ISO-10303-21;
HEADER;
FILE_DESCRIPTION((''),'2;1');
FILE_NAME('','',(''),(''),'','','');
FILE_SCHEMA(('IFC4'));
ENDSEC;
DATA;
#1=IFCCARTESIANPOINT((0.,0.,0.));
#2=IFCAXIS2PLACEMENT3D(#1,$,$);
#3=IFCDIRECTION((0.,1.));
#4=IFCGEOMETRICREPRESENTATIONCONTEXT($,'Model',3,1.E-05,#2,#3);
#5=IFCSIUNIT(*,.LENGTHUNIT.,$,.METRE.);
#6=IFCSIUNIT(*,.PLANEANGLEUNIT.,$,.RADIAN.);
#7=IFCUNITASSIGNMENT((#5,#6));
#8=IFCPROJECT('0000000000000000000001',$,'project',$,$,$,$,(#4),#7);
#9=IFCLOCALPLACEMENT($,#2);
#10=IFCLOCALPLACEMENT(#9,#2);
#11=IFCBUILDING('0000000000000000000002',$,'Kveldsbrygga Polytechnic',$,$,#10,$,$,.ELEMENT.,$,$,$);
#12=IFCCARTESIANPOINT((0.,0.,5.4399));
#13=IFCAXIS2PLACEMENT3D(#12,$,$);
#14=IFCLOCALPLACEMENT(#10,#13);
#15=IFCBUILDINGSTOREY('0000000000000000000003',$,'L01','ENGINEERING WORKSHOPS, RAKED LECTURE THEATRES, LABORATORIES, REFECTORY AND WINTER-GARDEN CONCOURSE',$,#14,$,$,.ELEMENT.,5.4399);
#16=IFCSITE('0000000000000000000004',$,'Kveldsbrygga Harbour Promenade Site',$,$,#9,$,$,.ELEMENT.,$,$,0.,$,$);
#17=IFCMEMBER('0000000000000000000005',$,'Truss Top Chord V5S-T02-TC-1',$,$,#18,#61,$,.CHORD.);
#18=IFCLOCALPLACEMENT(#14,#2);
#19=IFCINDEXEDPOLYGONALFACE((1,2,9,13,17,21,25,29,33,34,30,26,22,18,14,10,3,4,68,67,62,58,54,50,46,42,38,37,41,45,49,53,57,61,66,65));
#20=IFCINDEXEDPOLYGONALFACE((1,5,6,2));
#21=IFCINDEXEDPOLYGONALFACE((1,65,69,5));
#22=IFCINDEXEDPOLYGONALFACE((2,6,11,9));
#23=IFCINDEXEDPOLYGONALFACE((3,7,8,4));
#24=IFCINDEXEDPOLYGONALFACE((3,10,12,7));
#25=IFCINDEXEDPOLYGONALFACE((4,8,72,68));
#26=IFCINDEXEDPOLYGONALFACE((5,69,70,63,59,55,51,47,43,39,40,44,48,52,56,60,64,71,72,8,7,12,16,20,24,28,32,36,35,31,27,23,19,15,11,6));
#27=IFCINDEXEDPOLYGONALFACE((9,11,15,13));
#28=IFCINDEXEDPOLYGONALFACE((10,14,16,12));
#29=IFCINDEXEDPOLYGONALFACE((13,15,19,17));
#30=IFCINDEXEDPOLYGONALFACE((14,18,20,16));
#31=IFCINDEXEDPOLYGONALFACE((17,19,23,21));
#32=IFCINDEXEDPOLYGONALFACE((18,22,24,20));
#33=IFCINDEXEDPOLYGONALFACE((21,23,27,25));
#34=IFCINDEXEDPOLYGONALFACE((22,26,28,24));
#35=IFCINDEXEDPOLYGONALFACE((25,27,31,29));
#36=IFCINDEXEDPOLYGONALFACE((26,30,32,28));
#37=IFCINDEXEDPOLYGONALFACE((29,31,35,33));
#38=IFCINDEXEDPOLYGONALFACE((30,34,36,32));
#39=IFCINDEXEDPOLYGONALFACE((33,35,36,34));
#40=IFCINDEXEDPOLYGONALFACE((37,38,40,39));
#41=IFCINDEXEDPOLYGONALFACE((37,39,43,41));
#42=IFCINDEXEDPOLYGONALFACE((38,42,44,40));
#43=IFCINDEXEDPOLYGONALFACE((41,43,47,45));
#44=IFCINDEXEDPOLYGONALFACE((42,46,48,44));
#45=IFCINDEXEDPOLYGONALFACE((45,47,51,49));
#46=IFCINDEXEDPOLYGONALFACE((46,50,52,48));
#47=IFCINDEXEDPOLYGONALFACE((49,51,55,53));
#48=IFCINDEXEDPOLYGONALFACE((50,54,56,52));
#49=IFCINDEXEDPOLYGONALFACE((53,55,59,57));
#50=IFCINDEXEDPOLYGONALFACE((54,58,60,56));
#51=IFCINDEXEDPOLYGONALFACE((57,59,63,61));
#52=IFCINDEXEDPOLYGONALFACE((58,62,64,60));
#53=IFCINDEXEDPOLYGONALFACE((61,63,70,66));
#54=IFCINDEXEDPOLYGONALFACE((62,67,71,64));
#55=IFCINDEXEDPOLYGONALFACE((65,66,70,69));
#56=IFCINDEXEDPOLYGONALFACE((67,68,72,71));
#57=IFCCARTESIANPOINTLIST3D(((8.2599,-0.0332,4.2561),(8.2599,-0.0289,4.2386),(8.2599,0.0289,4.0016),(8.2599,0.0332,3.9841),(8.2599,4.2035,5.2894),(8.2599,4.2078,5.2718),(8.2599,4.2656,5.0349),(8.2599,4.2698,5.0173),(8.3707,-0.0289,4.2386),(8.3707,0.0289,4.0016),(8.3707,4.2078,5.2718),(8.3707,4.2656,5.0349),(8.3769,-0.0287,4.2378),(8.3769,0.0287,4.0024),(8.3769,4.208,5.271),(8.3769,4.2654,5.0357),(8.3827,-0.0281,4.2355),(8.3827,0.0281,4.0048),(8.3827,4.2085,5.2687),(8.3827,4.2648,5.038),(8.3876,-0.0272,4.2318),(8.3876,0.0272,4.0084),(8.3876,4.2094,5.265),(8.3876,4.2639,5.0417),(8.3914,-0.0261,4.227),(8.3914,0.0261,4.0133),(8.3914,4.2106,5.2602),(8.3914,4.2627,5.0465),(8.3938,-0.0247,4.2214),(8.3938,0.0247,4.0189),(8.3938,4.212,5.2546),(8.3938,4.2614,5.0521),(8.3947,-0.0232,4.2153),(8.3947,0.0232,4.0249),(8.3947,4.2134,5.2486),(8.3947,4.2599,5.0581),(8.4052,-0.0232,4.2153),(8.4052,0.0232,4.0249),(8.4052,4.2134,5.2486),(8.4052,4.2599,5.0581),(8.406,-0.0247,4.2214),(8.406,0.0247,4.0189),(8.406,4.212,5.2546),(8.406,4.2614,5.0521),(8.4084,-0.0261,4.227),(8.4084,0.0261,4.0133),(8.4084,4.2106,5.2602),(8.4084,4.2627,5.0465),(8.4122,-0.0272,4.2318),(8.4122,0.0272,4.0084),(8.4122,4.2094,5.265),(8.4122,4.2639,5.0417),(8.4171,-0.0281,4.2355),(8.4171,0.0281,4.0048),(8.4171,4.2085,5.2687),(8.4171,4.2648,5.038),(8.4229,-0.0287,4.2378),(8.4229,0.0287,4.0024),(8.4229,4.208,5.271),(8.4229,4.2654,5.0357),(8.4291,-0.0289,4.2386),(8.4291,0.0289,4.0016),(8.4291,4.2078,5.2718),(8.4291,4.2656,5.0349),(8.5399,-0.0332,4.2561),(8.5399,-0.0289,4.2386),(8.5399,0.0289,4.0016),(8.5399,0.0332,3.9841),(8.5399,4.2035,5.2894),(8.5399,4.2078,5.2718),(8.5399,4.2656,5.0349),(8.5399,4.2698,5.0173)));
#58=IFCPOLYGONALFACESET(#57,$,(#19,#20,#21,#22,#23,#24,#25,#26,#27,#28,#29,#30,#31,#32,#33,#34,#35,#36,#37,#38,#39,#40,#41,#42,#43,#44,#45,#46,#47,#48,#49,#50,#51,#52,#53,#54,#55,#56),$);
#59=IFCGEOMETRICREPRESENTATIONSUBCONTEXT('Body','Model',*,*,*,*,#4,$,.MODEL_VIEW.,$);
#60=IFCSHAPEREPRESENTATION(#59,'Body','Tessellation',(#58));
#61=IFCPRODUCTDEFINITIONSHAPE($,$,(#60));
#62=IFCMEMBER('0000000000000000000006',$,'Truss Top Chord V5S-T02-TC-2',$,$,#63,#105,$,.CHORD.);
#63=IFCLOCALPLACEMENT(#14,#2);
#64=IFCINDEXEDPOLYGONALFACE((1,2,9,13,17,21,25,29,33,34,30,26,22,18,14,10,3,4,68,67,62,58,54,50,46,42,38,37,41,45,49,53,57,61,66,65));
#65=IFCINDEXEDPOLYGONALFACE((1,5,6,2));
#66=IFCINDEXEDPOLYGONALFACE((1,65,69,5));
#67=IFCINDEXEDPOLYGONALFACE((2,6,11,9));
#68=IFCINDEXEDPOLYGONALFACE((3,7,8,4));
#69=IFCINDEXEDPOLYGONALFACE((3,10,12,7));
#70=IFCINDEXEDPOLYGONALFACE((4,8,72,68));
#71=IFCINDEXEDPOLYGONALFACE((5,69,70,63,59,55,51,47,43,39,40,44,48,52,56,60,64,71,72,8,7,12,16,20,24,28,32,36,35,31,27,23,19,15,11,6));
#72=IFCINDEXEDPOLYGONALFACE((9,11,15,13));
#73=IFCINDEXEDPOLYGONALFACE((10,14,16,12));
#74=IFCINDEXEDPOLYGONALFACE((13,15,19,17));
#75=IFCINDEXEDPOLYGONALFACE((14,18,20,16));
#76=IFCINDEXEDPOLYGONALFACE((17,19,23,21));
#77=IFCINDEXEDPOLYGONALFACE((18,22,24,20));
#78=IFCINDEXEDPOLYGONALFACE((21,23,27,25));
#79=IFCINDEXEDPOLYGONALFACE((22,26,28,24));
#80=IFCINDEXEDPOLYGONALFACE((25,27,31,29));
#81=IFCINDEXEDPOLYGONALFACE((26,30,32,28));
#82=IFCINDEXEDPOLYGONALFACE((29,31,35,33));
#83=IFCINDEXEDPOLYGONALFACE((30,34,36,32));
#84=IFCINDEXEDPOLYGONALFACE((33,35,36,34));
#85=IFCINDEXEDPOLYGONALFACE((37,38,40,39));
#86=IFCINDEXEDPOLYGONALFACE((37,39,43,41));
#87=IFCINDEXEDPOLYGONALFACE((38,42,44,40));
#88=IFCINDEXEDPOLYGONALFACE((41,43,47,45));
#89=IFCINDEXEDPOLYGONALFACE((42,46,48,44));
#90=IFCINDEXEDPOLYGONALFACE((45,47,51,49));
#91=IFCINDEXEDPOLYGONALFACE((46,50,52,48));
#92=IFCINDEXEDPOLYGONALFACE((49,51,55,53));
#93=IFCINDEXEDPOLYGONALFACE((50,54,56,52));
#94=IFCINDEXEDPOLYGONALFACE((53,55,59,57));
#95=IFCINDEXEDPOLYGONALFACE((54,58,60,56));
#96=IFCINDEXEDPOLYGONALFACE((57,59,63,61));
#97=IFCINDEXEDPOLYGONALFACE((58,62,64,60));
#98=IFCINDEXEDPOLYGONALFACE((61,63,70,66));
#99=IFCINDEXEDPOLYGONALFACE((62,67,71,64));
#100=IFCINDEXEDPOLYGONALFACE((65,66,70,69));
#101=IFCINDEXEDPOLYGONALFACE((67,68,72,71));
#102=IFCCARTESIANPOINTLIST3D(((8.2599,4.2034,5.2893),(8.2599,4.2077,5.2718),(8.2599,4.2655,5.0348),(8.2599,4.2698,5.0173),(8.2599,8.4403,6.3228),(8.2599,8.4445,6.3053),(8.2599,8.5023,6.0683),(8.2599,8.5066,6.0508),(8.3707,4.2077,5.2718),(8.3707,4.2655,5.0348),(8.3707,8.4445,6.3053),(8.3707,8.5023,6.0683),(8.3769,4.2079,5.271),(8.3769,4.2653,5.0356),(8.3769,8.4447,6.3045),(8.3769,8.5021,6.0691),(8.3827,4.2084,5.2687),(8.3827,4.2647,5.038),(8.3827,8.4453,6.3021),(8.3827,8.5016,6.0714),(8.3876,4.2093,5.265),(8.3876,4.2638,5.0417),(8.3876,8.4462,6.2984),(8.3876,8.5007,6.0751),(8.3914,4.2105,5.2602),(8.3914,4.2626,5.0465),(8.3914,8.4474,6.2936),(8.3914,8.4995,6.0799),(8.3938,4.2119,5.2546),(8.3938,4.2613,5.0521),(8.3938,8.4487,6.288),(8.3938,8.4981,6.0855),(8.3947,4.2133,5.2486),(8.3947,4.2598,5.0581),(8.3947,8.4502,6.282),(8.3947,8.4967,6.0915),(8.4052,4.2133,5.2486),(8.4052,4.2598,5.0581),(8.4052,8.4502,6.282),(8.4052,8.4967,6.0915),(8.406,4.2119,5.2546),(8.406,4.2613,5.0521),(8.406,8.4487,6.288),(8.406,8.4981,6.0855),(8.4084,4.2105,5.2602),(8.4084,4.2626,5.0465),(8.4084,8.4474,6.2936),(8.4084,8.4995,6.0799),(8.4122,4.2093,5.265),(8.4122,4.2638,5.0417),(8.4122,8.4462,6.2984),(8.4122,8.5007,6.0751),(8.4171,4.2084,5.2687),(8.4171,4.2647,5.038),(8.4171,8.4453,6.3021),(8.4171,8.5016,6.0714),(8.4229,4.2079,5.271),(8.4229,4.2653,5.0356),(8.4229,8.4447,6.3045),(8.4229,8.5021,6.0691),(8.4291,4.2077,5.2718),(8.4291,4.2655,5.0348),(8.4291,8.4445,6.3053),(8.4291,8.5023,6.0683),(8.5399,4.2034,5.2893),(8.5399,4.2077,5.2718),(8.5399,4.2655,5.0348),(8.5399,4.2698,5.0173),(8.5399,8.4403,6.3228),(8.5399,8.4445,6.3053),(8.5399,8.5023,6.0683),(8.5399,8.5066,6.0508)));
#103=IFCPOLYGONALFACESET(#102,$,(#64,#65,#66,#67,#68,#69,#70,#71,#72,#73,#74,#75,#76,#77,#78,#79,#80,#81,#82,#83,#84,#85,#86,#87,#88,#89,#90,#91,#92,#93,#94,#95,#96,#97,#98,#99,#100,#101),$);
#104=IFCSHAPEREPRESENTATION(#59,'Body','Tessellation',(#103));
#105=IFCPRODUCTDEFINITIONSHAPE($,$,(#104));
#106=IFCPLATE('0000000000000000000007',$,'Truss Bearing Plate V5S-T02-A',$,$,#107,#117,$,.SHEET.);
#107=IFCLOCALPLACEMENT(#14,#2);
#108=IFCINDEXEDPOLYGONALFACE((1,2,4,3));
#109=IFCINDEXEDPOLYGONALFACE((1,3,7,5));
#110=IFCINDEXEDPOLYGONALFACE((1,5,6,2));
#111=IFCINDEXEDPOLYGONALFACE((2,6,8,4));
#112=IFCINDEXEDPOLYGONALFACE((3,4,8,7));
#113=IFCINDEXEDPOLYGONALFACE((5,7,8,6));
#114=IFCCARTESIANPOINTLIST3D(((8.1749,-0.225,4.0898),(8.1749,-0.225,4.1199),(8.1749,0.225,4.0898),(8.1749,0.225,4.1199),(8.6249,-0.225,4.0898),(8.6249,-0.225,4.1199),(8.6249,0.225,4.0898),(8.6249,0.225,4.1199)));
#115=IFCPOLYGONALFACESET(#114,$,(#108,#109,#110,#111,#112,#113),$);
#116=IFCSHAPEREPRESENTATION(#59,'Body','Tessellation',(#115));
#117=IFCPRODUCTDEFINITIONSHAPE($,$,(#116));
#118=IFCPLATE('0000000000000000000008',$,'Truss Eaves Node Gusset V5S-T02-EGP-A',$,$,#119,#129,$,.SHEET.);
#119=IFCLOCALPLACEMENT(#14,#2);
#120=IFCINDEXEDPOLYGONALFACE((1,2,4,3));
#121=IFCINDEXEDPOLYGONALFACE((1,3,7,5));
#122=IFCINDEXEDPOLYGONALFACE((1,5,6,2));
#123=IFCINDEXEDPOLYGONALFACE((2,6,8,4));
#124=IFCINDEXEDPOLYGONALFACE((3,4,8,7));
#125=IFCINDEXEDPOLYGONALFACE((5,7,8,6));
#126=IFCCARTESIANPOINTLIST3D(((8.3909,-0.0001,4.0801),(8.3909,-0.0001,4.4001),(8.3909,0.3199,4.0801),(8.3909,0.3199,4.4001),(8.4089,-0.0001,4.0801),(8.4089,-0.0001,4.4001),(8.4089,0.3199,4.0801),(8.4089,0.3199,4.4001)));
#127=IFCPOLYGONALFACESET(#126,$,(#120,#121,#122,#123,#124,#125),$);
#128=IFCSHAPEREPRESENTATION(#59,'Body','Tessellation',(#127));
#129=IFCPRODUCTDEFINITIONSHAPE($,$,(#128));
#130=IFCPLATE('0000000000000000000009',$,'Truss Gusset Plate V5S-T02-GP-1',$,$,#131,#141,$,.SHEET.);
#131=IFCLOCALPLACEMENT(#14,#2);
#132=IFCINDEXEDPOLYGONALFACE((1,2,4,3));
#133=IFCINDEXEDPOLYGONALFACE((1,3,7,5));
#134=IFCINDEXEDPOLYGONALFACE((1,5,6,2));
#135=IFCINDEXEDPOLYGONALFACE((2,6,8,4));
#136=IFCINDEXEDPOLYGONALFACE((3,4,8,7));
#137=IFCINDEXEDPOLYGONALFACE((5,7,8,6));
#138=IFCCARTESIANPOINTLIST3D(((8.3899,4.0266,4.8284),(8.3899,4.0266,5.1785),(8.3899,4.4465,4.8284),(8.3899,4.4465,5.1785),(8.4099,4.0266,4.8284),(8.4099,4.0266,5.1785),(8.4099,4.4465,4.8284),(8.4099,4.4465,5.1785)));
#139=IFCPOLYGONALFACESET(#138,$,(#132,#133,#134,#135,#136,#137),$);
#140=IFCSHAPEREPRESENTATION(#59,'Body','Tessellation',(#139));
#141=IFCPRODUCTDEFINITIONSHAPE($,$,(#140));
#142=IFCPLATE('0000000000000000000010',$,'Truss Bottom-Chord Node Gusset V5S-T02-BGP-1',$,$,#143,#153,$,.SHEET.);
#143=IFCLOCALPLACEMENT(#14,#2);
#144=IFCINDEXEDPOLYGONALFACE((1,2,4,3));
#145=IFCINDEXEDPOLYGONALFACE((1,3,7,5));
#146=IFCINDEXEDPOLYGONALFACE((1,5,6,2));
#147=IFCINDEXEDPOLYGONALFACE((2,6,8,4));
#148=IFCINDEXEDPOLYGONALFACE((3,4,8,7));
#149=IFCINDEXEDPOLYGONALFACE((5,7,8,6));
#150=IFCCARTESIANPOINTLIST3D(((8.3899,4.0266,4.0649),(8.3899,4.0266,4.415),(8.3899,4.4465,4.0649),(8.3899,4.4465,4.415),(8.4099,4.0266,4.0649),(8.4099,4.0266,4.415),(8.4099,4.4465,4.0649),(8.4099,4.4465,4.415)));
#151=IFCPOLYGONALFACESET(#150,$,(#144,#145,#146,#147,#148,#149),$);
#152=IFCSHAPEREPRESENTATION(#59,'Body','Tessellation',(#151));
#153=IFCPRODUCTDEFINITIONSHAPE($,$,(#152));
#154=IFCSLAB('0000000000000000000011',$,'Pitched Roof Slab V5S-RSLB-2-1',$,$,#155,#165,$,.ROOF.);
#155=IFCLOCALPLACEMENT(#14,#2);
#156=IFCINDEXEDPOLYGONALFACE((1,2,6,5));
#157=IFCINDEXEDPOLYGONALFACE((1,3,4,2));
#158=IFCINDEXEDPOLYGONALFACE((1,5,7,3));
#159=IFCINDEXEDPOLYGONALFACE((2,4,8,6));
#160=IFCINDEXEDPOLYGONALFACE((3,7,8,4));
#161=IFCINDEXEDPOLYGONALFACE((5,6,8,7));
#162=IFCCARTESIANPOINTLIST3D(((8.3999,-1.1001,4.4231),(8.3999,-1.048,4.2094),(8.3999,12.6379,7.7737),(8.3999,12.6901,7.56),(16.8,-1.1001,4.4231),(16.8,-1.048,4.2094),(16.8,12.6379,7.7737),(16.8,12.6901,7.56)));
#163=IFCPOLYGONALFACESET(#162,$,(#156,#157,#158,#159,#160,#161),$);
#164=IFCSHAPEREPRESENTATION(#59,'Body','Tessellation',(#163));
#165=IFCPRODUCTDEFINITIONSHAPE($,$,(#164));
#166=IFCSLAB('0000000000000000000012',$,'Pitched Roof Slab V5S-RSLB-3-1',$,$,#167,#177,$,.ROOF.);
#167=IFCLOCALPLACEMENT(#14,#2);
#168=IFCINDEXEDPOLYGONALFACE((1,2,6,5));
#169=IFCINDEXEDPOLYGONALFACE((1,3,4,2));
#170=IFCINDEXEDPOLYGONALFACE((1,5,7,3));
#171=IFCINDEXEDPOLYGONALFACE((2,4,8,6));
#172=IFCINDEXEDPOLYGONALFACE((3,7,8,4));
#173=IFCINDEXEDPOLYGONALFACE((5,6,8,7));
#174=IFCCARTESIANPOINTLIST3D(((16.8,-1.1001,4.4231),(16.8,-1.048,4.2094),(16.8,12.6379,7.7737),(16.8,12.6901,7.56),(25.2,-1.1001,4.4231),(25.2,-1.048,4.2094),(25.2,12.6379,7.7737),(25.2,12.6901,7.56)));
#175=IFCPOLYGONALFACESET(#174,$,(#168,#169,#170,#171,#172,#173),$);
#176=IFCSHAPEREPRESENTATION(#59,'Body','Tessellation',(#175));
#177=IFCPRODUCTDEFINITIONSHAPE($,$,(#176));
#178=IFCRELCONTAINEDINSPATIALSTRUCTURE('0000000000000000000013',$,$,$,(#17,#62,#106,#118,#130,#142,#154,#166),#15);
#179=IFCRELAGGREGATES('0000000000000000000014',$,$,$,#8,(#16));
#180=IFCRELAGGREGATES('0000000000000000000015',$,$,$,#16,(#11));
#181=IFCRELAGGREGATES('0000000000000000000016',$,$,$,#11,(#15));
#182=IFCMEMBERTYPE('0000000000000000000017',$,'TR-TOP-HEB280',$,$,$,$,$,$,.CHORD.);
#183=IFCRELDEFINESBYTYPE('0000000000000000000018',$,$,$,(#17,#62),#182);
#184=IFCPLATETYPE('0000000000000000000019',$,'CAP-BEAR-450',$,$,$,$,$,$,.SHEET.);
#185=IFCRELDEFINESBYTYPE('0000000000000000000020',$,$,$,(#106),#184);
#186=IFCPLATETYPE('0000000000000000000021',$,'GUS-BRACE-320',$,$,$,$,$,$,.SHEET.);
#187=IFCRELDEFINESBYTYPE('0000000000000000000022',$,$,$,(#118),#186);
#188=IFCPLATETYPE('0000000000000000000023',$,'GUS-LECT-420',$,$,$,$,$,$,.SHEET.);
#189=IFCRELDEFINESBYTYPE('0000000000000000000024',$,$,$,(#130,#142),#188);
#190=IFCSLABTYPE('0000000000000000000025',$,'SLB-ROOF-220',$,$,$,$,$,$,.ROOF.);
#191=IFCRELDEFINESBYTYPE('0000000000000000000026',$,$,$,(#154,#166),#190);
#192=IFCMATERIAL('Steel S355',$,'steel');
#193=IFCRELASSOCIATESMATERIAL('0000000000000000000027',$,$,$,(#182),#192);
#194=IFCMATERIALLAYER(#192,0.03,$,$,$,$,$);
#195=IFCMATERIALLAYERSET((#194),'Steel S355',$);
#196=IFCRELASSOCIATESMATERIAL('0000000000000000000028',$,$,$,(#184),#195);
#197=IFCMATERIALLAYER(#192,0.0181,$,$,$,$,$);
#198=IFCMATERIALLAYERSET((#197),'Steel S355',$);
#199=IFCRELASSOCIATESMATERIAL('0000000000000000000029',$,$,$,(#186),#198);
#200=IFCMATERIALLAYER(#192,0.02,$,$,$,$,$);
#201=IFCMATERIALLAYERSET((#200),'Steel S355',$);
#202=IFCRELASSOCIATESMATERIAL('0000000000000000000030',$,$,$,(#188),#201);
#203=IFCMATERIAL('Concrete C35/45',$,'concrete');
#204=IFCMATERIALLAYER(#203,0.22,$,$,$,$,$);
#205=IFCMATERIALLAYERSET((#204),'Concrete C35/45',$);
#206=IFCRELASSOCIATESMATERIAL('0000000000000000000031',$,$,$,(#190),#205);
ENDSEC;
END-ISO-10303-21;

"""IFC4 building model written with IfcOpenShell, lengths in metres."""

from ifc_helpers import new_model, si_unit, direction, frame, origin, origin_2d, place, context, subcontext, project, spatial, polyline, rectangle, i_section, outline, extrude, material, layer, layer_set, material_profile, profile_set, type_object, element, save


model = new_model("IFC4")

# Units and contexts
model_context = context("Model", 3, precision=1e-05, world=origin(), true_north=direction((0.0, 1.0)))
body_context = subcontext(model_context, "Body", "Model", "MODEL_VIEW")
ifc_project = project(units=[si_unit("LENGTHUNIT", "METRE"), si_unit("PLANEANGLEUNIT", "RADIAN")], contexts=[model_context])

# Site, building, storey
site_placement = place(None, origin())
site = spatial("IfcSite", under=ifc_project, at=site_placement, Name="Kveldsbrygga Harbour Promenade Site", CompositionType="ELEMENT", RefElevation=0.0)
building_placement = place(site_placement, origin())
building = spatial("IfcBuilding", under=site, at=building_placement, Name="Kveldsbrygga Polytechnic", CompositionType="ELEMENT")
storey_placement = place(building_placement, frame((0.0, 0.0, 5.4399)))
storey = spatial("IfcBuildingStorey", under=building, at=storey_placement, Name="L01", Description="ENGINEERING WORKSHOPS, RAKED LECTURE THEATRES, LABORATORIES, REFECTORY AND WINTER-GARDEN CONCOURSE", CompositionType="ELEMENT", Elevation=5.4399)

# Members
ifc_material_1 = material(Name="Steel S355", Category="steel")
ifc_material_profile_1 = material_profile(ifc_material_1, i_section(OverallWidth=0.28, OverallDepth=0.28, WebThickness=0.0105, FlangeThickness=0.0181, FilletRadius=0.0239, at=origin_2d()), Name="HEB 280")
ifc_profile_set_1 = profile_set([ifc_material_profile_1], Name="Steel S355")
member_type_1 = type_object("IfcMemberType", Name="TR-TOP-HEB280", PredefinedType="CHORD", material=ifc_profile_set_1)
member_1_placement = place(storey_placement, frame((8.3999, 0.0, 4.1201), z_axis=(0.0, 0.971526, 0.236933), x_axis=(-1.0, 0.0, 0.0)))
element("IfcMember", 1, at=member_1_placement, inside=storey, type_object=member_type_1, Name="Truss Top Chord V5S-T02-TC-1", PredefinedType="CHORD", context=body_context, shape_type="SweptSolid", body=[
    extrude(i_section(OverallWidth=0.28, OverallDepth=0.28, WebThickness=0.0105, FlangeThickness=0.0181, FilletRadius=0.0239, at=origin_2d()), origin(), (0.0, 0.0, 1.0), 4.3608),
])
member_2_placement = place(storey_placement, frame((8.3999, 4.2366, 5.1533), z_axis=(0.0, 0.971516, 0.236973), x_axis=(-1.0, 0.0, 0.0)))
element("IfcMember", 2, at=member_2_placement, inside=storey, type_object=member_type_1, Name="Truss Top Chord V5S-T02-TC-2", PredefinedType="CHORD", context=body_context, shape_type="SweptSolid", body=[
    extrude(i_section(OverallWidth=0.28, OverallDepth=0.28, WebThickness=0.0105, FlangeThickness=0.0181, FilletRadius=0.0239, at=origin_2d()), origin(), (0.0, 0.0, 1.0), 4.3611),
])

# Plates
ifc_layer_1 = layer(ifc_material_1, 0.03)
ifc_layer_set_1 = layer_set([ifc_layer_1], Name="Steel S355")
plate_type_1 = type_object("IfcPlateType", Name="CAP-BEAR-450", PredefinedType="SHEET", material=ifc_layer_set_1)
plate_1_placement = place(storey_placement, frame((8.3999, 0.0, 4.0898), z_axis=(0.0, 0.0, 1.0), x_axis=(1.0, 0.0, 0.0)))
element("IfcPlate", 3, at=plate_1_placement, inside=storey, type_object=plate_type_1, Name="Truss Bearing Plate V5S-T02-A", PredefinedType="SHEET", context=body_context, shape_type="SweptSolid", body=[
    extrude(rectangle(XDim=0.45, YDim=0.45, at=origin_2d()), origin(), (0.0, 0.0, 1.0), 0.03),
])
ifc_layer_2 = layer(ifc_material_1, 0.0181)
ifc_layer_set_2 = layer_set([ifc_layer_2], Name="Steel S355")
plate_type_2 = type_object("IfcPlateType", Name="GUS-BRACE-320", PredefinedType="SHEET", material=ifc_layer_set_2)
plate_2_placement = place(storey_placement, frame((8.3999, 0.1599, 4.0801), z_axis=(0.0, 0.0, 1.0), x_axis=(1.0, 0.0, 0.0)))
element("IfcPlate", 4, at=plate_2_placement, inside=storey, type_object=plate_type_2, Name="Truss Eaves Node Gusset V5S-T02-EGP-A", PredefinedType="SHEET", context=body_context, shape_type="SweptSolid", body=[
    extrude(rectangle(XDim=0.0181, YDim=0.3201, at=origin_2d()), origin(), (0.0, 0.0, 1.0), 0.3201),
])
ifc_layer_3 = layer(ifc_material_1, 0.02)
ifc_layer_set_3 = layer_set([ifc_layer_3], Name="Steel S355")
plate_type_3 = type_object("IfcPlateType", Name="GUS-LECT-420", PredefinedType="SHEET", material=ifc_layer_set_3)
for number, where, z_axis, x_axis, name in (
    (5, (8.3999, 4.2366, 4.8284), (0.0, 0.0, 1.0), (1.0, 0.0, 0.0), "Truss Gusset Plate V5S-T02-GP-1"),
    (6, (8.3999, 4.2366, 4.0649), (0.0, 0.0, 1.0), (1.0, 0.0, 0.0), "Truss Bottom-Chord Node Gusset V5S-T02-BGP-1"),
):
    element("IfcPlate", number, at=place(storey_placement, frame(where, z_axis=z_axis, x_axis=x_axis)), inside=storey, type_object=plate_type_3, Name=name, PredefinedType="SHEET", context=body_context, shape_type="SweptSolid", body=[
        extrude(rectangle(XDim=0.02, YDim=0.4199, at=origin_2d()), origin(), (0.0, 0.0, 1.0), 0.3501),
    ])

# Slabs
ifc_material_2 = material(Name="Concrete C35/45", Category="concrete")
ifc_layer_4 = layer(ifc_material_2, 0.22)
ifc_layer_set_4 = layer_set([ifc_layer_4], Name="Concrete C35/45")
slab_type = type_object("IfcSlabType", Name="SLB-ROOF-220", PredefinedType="ROOF", material=ifc_layer_set_4)
slab_1_placement = place(storey_placement, frame((8.3999, -1.1001, 4.4231), z_axis=(0.0, -0.236946, 0.971523), x_axis=(1.0, 0.0, 0.0)))
element("IfcSlab", 7, at=slab_1_placement, inside=storey, type_object=slab_type, Name="Pitched Roof Slab V5S-RSLB-2-1", PredefinedType="ROOF", context=body_context, shape_type="SweptSolid", body=[
    extrude(outline(polyline([(0.0, 0.0), (8.4001, 0.0), (8.4001, 14.1407), (0.0, 14.1407), (0.0, 0.0)])), origin(), (0.0, 0.0, -1.0), 0.22),
])
slab_2_placement = place(storey_placement, frame((16.8, -1.1001, 4.4231), z_axis=(0.0, -0.236946, 0.971523), x_axis=(1.0, 0.0, 0.0)))
element("IfcSlab", 8, at=slab_2_placement, inside=storey, type_object=slab_type, Name="Pitched Roof Slab V5S-RSLB-3-1", PredefinedType="ROOF", context=body_context, shape_type="SweptSolid", body=[
    extrude(outline(polyline([(0.0, 0.0), (8.3999, 0.0), (8.3999, 14.1407), (0.0, 14.1407), (0.0, 0.0)])), origin(), (0.0, 0.0, -1.0), 0.22),
])

save(model, "model.ifc")
